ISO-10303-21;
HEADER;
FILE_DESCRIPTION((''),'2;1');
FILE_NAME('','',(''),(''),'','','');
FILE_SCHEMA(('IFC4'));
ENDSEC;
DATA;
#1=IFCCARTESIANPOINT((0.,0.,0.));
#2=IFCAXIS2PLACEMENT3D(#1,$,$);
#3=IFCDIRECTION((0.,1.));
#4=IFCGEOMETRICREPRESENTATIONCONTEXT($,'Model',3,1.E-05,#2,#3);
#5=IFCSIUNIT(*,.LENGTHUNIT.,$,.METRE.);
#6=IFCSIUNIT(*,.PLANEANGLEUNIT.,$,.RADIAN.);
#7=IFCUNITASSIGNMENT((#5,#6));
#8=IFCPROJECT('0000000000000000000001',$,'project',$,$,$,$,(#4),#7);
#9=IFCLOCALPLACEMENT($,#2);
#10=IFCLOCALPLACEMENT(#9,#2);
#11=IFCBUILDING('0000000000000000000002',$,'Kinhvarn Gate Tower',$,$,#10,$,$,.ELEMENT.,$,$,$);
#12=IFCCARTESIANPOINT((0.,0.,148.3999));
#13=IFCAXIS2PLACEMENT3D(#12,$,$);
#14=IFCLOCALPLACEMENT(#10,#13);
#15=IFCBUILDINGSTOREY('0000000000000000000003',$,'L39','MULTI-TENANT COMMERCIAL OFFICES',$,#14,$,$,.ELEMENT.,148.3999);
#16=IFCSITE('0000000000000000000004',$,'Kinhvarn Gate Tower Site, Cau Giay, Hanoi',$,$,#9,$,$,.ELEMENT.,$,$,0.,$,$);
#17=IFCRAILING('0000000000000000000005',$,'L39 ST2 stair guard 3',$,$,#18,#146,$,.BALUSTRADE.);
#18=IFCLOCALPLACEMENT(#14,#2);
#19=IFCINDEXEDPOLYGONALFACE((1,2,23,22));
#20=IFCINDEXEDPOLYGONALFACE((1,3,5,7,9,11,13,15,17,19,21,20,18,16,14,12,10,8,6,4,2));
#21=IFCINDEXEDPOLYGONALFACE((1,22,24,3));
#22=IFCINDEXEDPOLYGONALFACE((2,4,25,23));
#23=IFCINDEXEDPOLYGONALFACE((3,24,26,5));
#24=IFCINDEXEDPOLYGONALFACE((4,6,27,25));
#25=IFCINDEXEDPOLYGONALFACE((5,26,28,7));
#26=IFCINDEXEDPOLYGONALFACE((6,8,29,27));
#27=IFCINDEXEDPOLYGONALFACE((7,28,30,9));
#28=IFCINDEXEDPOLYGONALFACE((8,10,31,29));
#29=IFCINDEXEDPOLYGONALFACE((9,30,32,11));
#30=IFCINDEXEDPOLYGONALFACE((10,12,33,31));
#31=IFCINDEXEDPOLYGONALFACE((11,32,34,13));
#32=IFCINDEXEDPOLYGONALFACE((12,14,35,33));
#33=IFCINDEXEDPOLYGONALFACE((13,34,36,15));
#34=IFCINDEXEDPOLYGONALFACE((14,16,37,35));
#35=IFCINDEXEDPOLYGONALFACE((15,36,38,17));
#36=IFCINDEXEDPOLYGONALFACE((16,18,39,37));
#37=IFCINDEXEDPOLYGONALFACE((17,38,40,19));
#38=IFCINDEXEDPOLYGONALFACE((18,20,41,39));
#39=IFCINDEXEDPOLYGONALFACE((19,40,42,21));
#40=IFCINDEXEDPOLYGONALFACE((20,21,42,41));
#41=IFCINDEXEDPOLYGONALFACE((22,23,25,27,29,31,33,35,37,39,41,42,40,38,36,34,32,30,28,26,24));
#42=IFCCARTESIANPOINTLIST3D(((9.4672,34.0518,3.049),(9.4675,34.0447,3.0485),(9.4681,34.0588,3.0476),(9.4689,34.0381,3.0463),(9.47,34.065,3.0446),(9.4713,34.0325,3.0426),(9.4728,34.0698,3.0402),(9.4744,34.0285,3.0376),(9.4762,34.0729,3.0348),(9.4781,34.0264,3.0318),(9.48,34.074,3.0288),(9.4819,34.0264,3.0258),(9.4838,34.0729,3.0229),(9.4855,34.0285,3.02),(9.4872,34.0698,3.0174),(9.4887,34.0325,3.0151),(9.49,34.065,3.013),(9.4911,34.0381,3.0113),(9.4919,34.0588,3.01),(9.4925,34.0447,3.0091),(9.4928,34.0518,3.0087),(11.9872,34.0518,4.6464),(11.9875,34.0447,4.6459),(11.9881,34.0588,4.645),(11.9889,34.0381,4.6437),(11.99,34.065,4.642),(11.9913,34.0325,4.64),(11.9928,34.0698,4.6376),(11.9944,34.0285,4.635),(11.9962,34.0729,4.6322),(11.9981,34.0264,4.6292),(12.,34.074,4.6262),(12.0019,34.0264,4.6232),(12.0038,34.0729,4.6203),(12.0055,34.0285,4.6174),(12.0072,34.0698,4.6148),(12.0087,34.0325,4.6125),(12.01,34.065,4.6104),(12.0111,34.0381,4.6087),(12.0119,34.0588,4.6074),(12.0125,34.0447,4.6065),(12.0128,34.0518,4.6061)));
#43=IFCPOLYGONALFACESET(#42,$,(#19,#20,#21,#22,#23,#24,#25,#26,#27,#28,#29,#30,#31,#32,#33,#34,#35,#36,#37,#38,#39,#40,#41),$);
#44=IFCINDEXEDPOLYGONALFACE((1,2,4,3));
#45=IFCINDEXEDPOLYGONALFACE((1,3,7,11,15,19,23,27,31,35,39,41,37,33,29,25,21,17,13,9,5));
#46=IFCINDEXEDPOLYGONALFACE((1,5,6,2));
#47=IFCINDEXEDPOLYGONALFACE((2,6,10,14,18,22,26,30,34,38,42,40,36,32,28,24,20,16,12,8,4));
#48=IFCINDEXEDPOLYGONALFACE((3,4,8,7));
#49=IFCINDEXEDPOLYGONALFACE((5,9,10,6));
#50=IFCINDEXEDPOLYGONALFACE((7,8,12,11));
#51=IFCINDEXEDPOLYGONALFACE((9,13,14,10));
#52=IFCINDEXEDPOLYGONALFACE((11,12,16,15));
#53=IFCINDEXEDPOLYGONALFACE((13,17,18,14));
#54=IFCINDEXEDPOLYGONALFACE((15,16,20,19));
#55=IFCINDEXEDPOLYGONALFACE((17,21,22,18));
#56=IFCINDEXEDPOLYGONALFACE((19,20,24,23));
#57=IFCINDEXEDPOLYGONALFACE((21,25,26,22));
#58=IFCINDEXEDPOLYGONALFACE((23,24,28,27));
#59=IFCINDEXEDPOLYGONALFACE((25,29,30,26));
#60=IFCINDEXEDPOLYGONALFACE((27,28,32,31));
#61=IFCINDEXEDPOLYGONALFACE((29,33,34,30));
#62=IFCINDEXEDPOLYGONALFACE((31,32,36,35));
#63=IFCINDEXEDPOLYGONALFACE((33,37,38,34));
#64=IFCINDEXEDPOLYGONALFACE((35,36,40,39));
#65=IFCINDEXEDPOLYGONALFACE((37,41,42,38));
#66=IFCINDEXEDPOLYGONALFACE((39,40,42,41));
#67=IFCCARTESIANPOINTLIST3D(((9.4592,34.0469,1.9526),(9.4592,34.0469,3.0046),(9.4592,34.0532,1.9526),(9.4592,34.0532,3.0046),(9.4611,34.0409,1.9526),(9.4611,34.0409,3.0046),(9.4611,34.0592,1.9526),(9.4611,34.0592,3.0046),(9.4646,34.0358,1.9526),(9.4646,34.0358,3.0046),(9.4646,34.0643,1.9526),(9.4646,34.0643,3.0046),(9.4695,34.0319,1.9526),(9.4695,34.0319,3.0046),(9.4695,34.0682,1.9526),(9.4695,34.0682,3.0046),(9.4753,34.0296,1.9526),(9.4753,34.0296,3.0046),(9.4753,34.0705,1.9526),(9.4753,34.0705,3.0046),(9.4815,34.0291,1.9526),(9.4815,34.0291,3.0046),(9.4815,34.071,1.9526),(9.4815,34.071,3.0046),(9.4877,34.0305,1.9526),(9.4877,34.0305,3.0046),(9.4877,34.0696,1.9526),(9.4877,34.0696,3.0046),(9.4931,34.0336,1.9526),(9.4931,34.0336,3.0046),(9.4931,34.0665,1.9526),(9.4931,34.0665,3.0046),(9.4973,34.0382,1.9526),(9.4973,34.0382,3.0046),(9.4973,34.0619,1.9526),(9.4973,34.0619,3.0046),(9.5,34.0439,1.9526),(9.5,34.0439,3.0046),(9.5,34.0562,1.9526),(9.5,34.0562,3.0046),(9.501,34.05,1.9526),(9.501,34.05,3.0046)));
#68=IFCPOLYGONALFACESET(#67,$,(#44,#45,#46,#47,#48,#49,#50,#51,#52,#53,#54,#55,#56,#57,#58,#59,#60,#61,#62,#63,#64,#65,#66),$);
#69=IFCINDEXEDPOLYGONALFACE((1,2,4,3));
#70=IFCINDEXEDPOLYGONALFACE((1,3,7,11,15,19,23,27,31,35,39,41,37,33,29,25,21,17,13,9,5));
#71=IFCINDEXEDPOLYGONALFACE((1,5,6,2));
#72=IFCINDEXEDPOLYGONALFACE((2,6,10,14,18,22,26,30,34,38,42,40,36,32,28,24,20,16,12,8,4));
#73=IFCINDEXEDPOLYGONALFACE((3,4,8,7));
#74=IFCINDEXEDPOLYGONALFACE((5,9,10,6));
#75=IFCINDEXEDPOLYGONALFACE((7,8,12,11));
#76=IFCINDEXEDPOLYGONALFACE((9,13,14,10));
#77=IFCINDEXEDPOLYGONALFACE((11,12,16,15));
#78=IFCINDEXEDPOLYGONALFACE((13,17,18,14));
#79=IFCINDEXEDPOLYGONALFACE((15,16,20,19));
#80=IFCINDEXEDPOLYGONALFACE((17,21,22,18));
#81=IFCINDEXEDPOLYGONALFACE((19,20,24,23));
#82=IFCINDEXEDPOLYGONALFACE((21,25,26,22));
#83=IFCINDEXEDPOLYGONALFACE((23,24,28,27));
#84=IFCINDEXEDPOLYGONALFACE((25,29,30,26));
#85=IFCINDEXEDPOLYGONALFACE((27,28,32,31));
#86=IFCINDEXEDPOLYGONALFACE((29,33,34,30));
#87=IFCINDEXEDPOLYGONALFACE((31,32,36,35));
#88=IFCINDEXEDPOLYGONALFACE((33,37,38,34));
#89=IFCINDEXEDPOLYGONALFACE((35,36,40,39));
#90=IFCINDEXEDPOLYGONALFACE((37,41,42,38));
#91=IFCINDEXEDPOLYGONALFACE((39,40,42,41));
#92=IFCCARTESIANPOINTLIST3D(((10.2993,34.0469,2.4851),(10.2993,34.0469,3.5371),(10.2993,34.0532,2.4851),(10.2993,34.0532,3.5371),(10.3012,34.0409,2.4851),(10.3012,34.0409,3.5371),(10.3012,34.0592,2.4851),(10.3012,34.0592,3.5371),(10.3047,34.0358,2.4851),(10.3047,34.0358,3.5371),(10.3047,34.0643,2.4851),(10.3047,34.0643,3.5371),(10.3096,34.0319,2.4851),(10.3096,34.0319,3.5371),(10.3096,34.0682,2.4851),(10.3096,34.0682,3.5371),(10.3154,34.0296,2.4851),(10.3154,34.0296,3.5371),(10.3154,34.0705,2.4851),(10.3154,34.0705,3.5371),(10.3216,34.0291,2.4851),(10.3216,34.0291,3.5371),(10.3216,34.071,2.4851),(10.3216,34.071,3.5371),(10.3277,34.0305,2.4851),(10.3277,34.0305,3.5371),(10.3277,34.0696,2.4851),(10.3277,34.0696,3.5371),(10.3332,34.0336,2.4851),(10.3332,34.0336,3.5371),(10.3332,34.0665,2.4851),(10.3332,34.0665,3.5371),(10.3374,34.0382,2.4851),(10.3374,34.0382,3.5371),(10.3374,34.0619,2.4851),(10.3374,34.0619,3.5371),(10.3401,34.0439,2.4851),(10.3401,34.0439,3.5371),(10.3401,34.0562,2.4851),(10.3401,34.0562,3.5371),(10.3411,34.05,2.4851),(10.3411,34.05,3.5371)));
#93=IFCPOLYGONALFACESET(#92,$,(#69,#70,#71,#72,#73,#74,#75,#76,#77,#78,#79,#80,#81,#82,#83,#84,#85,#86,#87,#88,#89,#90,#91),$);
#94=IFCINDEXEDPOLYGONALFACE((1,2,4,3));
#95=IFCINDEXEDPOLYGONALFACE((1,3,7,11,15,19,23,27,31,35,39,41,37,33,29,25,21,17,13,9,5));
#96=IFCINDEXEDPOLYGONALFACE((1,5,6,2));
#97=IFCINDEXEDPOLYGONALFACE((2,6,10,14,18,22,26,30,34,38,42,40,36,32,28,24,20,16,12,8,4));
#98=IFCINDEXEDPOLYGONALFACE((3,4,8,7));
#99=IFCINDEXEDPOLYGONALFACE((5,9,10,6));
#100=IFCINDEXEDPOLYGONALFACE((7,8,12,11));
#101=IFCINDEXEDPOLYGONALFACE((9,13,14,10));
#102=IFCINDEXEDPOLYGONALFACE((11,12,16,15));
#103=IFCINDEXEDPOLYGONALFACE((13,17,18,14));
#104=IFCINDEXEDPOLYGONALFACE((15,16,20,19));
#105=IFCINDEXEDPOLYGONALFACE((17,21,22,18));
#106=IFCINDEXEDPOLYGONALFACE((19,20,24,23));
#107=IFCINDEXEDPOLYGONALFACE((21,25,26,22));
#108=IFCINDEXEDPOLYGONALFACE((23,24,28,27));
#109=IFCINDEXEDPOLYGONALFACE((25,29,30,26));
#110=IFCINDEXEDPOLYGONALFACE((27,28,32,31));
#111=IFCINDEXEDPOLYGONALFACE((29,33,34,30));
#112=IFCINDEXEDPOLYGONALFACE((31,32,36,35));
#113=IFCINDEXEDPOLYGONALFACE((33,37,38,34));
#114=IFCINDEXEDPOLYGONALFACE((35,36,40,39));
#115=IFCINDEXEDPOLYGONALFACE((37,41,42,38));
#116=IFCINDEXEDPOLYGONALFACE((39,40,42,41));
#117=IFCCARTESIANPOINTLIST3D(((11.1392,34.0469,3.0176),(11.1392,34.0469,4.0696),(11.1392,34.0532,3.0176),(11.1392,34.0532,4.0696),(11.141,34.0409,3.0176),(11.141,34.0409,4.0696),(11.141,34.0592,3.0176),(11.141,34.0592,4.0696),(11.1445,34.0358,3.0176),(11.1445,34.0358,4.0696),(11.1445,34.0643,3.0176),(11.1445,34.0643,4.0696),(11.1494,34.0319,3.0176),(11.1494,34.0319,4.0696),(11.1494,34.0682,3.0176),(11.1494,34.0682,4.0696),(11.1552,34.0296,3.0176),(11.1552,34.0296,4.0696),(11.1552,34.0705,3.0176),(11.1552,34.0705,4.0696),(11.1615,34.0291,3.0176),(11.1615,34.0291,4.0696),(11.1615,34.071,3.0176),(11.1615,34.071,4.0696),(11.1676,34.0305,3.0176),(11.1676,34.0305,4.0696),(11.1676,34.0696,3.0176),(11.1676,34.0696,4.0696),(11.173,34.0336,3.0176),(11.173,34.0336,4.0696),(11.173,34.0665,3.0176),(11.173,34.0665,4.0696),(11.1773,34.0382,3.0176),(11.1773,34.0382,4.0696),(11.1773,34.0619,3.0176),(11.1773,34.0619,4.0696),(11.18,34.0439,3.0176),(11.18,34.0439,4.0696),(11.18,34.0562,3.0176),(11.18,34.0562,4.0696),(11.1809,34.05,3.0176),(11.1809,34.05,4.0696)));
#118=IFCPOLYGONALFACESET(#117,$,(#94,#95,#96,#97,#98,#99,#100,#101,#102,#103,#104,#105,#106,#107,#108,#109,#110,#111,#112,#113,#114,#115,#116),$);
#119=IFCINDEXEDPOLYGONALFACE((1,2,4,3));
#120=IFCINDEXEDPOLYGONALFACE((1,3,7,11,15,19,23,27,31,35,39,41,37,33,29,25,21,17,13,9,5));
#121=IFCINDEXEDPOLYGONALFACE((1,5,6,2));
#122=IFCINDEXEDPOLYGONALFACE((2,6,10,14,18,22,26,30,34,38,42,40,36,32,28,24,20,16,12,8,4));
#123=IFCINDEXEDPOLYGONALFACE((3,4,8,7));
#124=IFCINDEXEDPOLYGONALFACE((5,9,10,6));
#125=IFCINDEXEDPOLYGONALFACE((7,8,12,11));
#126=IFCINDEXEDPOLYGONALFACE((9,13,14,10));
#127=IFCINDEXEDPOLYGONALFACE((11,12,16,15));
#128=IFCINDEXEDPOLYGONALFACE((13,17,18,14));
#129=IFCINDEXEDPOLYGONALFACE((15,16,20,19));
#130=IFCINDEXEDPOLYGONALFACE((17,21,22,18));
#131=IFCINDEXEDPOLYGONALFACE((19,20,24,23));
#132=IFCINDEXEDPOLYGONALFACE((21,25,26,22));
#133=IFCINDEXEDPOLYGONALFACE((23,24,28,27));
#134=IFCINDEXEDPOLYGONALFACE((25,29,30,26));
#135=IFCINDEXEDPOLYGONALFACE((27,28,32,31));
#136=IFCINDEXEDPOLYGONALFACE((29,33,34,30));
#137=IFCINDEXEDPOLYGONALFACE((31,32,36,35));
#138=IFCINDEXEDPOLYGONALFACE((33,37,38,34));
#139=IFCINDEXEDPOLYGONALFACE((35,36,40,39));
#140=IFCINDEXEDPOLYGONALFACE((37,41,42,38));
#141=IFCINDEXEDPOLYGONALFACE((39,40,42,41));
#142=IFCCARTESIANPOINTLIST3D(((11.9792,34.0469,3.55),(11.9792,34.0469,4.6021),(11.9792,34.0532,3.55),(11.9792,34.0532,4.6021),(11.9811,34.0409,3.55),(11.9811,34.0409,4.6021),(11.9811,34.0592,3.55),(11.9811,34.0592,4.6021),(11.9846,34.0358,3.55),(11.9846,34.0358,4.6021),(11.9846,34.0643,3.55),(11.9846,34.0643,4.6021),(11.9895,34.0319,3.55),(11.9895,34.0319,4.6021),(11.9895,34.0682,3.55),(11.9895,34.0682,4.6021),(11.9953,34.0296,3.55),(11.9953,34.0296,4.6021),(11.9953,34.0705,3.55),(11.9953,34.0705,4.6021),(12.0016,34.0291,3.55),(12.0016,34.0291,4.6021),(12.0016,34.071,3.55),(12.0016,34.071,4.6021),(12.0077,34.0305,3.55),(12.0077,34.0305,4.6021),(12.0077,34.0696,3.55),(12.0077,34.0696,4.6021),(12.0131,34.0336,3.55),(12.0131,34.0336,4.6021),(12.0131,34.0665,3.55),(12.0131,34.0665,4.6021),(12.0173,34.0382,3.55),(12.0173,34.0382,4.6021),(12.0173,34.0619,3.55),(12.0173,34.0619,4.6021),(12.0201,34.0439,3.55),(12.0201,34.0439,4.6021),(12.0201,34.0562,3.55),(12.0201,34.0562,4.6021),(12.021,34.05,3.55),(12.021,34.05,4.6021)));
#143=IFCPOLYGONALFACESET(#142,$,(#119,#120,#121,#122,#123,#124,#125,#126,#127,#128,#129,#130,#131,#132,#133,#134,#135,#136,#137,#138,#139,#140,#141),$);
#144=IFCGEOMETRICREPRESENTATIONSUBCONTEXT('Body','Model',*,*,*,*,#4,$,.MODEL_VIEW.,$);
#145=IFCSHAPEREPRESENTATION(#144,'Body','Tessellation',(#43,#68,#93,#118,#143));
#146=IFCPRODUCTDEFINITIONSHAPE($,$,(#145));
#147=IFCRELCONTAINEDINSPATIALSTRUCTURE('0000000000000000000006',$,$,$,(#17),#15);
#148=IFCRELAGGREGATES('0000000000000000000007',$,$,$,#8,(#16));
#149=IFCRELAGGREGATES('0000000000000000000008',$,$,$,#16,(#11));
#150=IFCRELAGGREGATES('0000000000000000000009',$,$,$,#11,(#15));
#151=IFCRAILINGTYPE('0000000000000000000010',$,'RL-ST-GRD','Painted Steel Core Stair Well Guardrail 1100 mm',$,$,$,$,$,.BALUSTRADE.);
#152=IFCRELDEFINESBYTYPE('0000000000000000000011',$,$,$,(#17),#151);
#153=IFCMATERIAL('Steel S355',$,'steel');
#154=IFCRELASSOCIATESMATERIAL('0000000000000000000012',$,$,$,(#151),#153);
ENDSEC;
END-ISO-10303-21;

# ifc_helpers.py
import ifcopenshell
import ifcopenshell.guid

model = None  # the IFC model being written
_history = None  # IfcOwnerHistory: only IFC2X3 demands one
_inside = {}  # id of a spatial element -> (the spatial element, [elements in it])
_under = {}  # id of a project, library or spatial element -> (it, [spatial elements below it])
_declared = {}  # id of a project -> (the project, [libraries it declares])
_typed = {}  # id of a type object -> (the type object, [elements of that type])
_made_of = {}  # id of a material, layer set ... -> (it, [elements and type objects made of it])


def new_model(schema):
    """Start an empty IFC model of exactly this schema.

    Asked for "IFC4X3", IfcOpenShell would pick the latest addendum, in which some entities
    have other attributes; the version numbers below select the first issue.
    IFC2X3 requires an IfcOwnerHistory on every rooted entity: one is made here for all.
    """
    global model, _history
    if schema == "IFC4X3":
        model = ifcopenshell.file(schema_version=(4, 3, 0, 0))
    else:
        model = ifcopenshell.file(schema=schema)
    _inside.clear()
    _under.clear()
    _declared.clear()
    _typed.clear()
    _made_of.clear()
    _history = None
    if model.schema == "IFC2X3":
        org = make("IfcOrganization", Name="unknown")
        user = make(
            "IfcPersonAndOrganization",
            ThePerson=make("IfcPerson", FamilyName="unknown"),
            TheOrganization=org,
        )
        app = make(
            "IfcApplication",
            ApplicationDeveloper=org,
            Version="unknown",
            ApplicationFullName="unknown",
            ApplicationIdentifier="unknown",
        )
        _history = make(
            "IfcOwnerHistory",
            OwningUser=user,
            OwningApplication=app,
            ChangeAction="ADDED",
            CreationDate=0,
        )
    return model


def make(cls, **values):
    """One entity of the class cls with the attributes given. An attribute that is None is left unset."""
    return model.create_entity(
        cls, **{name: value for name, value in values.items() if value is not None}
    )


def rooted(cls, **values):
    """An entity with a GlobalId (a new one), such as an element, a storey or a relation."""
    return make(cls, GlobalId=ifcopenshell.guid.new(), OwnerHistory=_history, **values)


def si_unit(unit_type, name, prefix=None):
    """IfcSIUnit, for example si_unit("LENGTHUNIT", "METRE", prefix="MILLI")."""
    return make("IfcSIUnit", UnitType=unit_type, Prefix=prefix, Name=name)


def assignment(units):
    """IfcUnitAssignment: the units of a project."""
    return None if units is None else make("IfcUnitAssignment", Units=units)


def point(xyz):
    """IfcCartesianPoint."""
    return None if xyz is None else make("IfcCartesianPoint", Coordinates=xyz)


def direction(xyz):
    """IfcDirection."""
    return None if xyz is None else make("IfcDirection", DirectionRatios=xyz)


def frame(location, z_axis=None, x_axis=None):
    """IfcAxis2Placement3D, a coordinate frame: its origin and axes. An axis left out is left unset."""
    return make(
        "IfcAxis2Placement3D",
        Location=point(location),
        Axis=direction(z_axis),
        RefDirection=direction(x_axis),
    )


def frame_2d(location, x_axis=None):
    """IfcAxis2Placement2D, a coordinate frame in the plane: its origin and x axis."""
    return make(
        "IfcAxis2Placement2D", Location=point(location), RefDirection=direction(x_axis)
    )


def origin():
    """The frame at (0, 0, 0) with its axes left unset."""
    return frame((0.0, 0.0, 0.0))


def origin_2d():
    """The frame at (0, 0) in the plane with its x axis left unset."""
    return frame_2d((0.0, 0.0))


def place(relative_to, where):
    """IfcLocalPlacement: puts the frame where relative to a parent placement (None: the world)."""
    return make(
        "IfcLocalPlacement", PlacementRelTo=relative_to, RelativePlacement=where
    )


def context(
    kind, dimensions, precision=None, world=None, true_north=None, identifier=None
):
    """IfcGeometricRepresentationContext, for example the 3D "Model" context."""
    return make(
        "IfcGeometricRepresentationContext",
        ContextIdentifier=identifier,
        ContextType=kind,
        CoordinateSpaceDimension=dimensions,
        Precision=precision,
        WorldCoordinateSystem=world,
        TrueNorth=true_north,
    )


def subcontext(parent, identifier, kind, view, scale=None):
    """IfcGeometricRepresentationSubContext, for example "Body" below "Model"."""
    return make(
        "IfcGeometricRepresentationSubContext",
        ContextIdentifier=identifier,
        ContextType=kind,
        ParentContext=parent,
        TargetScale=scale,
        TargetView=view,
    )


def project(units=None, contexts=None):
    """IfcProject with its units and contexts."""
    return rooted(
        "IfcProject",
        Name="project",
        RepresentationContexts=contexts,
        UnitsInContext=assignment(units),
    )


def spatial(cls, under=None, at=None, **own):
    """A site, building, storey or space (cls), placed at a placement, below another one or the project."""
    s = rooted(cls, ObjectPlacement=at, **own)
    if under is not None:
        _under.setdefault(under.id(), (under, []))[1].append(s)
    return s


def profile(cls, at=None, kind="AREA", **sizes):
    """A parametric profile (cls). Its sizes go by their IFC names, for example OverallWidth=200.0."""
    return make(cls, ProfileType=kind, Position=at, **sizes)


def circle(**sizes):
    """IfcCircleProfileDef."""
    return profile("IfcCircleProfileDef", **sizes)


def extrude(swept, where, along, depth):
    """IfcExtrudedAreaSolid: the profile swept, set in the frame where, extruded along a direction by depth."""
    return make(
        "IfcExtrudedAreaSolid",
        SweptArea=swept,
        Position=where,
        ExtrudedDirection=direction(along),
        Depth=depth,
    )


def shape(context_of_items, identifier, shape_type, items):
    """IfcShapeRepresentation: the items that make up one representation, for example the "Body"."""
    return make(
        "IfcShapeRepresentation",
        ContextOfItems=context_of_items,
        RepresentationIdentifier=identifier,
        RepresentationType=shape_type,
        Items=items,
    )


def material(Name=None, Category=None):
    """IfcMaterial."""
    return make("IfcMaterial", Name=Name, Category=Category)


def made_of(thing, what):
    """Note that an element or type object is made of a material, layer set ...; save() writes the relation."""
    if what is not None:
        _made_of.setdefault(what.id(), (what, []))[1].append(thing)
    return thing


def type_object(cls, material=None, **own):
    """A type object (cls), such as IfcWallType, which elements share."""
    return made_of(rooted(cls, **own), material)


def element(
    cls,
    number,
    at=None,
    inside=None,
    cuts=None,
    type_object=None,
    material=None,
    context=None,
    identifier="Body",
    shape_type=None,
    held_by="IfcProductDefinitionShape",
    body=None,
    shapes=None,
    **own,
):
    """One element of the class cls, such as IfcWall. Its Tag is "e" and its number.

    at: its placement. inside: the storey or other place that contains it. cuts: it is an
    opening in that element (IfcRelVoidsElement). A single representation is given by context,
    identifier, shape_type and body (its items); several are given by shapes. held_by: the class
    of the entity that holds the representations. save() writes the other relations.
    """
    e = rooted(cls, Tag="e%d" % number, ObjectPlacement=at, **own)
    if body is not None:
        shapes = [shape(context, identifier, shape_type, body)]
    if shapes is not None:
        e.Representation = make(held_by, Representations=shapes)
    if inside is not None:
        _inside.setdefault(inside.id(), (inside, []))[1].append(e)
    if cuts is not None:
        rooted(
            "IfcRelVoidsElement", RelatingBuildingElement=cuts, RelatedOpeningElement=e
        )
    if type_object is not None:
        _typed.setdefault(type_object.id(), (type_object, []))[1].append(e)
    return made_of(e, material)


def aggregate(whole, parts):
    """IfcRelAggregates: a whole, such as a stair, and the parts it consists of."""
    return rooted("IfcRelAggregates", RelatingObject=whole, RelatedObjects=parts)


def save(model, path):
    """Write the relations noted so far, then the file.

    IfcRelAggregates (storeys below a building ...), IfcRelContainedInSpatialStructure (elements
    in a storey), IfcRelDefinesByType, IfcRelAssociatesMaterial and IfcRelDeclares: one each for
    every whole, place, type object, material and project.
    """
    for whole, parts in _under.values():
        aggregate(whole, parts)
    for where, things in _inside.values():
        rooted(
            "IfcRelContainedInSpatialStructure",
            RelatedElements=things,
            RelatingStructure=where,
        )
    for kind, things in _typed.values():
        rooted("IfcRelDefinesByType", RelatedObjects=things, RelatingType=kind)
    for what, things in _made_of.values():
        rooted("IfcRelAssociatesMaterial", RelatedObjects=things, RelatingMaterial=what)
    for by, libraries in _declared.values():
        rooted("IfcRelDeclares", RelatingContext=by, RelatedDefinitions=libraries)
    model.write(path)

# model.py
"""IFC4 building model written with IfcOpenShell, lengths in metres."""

from ifc_helpers import new_model, si_unit, direction, frame, origin, origin_2d, place, context, subcontext, project, spatial, circle, extrude, material, type_object, element, save


model = new_model("IFC4")

# Units and contexts
model_context = context("Model", 3, precision=1e-05, world=origin(), true_north=direction((0.0, 1.0)))
body_context = subcontext(model_context, "Body", "Model", "MODEL_VIEW")
ifc_project = project(units=[si_unit("LENGTHUNIT", "METRE"), si_unit("PLANEANGLEUNIT", "RADIAN")], contexts=[model_context])

# Site, building, storey
site_placement = place(None, origin())
site = spatial("IfcSite", under=ifc_project, at=site_placement, Name="Kinhvarn Gate Tower Site, Cau Giay, Hanoi", CompositionType="ELEMENT", RefElevation=0.0)
building_placement = place(site_placement, origin())
building = spatial("IfcBuilding", under=site, at=building_placement, Name="Kinhvarn Gate Tower", CompositionType="ELEMENT")
storey_placement = place(building_placement, frame((0.0, 0.0, 148.3999)))
storey = spatial("IfcBuildingStorey", under=building, at=storey_placement, Name="L39", Description="MULTI-TENANT COMMERCIAL OFFICES", CompositionType="ELEMENT", Elevation=148.3999)

# Shared definitions
ifc_material_1 = material(Name="Steel S355", Category="steel")

# Railing
railing_type_1 = type_object("IfcRailingType", Name="RL-ST-GRD", Description="Painted Steel Core Stair Well Guardrail 1100 mm", PredefinedType="BALUSTRADE", material=ifc_material_1)
railing_1_placement = place(storey_placement, frame((9.48, 34.05, 1.9526)))
element("IfcRailing", 1, at=railing_1_placement, inside=storey, type_object=railing_type_1, Name="L39 ST2 stair guard 3", PredefinedType="BALUSTRADE", context=body_context, shape_type="SweptSolid", body=[
    extrude(circle(Radius=0.0239, at=origin_2d()), frame((0.0, 0.0, 1.0762), z_axis=(0.844607, 0.0, 0.535387), x_axis=(0.0, 1.0, 0.0)), (0.0, 0.0, 1.0), 2.9836),
    extrude(circle(Radius=0.021, at=origin_2d()), origin(), (0.0, 0.0, 1.0), 1.052),
    extrude(circle(Radius=0.021, at=origin_2d()), frame((0.8401, 0.0, 0.5325)), (0.0, 0.0, 1.0), 1.052),
    extrude(circle(Radius=0.021, at=origin_2d()), frame((1.6799, 0.0, 1.0649)), (0.0, 0.0, 1.0), 1.052),
    extrude(circle(Radius=0.021, at=origin_2d()), frame((2.52, 0.0, 1.5974)), (0.0, 0.0, 1.0), 1.052),
])

save(model, "model.ifc")
